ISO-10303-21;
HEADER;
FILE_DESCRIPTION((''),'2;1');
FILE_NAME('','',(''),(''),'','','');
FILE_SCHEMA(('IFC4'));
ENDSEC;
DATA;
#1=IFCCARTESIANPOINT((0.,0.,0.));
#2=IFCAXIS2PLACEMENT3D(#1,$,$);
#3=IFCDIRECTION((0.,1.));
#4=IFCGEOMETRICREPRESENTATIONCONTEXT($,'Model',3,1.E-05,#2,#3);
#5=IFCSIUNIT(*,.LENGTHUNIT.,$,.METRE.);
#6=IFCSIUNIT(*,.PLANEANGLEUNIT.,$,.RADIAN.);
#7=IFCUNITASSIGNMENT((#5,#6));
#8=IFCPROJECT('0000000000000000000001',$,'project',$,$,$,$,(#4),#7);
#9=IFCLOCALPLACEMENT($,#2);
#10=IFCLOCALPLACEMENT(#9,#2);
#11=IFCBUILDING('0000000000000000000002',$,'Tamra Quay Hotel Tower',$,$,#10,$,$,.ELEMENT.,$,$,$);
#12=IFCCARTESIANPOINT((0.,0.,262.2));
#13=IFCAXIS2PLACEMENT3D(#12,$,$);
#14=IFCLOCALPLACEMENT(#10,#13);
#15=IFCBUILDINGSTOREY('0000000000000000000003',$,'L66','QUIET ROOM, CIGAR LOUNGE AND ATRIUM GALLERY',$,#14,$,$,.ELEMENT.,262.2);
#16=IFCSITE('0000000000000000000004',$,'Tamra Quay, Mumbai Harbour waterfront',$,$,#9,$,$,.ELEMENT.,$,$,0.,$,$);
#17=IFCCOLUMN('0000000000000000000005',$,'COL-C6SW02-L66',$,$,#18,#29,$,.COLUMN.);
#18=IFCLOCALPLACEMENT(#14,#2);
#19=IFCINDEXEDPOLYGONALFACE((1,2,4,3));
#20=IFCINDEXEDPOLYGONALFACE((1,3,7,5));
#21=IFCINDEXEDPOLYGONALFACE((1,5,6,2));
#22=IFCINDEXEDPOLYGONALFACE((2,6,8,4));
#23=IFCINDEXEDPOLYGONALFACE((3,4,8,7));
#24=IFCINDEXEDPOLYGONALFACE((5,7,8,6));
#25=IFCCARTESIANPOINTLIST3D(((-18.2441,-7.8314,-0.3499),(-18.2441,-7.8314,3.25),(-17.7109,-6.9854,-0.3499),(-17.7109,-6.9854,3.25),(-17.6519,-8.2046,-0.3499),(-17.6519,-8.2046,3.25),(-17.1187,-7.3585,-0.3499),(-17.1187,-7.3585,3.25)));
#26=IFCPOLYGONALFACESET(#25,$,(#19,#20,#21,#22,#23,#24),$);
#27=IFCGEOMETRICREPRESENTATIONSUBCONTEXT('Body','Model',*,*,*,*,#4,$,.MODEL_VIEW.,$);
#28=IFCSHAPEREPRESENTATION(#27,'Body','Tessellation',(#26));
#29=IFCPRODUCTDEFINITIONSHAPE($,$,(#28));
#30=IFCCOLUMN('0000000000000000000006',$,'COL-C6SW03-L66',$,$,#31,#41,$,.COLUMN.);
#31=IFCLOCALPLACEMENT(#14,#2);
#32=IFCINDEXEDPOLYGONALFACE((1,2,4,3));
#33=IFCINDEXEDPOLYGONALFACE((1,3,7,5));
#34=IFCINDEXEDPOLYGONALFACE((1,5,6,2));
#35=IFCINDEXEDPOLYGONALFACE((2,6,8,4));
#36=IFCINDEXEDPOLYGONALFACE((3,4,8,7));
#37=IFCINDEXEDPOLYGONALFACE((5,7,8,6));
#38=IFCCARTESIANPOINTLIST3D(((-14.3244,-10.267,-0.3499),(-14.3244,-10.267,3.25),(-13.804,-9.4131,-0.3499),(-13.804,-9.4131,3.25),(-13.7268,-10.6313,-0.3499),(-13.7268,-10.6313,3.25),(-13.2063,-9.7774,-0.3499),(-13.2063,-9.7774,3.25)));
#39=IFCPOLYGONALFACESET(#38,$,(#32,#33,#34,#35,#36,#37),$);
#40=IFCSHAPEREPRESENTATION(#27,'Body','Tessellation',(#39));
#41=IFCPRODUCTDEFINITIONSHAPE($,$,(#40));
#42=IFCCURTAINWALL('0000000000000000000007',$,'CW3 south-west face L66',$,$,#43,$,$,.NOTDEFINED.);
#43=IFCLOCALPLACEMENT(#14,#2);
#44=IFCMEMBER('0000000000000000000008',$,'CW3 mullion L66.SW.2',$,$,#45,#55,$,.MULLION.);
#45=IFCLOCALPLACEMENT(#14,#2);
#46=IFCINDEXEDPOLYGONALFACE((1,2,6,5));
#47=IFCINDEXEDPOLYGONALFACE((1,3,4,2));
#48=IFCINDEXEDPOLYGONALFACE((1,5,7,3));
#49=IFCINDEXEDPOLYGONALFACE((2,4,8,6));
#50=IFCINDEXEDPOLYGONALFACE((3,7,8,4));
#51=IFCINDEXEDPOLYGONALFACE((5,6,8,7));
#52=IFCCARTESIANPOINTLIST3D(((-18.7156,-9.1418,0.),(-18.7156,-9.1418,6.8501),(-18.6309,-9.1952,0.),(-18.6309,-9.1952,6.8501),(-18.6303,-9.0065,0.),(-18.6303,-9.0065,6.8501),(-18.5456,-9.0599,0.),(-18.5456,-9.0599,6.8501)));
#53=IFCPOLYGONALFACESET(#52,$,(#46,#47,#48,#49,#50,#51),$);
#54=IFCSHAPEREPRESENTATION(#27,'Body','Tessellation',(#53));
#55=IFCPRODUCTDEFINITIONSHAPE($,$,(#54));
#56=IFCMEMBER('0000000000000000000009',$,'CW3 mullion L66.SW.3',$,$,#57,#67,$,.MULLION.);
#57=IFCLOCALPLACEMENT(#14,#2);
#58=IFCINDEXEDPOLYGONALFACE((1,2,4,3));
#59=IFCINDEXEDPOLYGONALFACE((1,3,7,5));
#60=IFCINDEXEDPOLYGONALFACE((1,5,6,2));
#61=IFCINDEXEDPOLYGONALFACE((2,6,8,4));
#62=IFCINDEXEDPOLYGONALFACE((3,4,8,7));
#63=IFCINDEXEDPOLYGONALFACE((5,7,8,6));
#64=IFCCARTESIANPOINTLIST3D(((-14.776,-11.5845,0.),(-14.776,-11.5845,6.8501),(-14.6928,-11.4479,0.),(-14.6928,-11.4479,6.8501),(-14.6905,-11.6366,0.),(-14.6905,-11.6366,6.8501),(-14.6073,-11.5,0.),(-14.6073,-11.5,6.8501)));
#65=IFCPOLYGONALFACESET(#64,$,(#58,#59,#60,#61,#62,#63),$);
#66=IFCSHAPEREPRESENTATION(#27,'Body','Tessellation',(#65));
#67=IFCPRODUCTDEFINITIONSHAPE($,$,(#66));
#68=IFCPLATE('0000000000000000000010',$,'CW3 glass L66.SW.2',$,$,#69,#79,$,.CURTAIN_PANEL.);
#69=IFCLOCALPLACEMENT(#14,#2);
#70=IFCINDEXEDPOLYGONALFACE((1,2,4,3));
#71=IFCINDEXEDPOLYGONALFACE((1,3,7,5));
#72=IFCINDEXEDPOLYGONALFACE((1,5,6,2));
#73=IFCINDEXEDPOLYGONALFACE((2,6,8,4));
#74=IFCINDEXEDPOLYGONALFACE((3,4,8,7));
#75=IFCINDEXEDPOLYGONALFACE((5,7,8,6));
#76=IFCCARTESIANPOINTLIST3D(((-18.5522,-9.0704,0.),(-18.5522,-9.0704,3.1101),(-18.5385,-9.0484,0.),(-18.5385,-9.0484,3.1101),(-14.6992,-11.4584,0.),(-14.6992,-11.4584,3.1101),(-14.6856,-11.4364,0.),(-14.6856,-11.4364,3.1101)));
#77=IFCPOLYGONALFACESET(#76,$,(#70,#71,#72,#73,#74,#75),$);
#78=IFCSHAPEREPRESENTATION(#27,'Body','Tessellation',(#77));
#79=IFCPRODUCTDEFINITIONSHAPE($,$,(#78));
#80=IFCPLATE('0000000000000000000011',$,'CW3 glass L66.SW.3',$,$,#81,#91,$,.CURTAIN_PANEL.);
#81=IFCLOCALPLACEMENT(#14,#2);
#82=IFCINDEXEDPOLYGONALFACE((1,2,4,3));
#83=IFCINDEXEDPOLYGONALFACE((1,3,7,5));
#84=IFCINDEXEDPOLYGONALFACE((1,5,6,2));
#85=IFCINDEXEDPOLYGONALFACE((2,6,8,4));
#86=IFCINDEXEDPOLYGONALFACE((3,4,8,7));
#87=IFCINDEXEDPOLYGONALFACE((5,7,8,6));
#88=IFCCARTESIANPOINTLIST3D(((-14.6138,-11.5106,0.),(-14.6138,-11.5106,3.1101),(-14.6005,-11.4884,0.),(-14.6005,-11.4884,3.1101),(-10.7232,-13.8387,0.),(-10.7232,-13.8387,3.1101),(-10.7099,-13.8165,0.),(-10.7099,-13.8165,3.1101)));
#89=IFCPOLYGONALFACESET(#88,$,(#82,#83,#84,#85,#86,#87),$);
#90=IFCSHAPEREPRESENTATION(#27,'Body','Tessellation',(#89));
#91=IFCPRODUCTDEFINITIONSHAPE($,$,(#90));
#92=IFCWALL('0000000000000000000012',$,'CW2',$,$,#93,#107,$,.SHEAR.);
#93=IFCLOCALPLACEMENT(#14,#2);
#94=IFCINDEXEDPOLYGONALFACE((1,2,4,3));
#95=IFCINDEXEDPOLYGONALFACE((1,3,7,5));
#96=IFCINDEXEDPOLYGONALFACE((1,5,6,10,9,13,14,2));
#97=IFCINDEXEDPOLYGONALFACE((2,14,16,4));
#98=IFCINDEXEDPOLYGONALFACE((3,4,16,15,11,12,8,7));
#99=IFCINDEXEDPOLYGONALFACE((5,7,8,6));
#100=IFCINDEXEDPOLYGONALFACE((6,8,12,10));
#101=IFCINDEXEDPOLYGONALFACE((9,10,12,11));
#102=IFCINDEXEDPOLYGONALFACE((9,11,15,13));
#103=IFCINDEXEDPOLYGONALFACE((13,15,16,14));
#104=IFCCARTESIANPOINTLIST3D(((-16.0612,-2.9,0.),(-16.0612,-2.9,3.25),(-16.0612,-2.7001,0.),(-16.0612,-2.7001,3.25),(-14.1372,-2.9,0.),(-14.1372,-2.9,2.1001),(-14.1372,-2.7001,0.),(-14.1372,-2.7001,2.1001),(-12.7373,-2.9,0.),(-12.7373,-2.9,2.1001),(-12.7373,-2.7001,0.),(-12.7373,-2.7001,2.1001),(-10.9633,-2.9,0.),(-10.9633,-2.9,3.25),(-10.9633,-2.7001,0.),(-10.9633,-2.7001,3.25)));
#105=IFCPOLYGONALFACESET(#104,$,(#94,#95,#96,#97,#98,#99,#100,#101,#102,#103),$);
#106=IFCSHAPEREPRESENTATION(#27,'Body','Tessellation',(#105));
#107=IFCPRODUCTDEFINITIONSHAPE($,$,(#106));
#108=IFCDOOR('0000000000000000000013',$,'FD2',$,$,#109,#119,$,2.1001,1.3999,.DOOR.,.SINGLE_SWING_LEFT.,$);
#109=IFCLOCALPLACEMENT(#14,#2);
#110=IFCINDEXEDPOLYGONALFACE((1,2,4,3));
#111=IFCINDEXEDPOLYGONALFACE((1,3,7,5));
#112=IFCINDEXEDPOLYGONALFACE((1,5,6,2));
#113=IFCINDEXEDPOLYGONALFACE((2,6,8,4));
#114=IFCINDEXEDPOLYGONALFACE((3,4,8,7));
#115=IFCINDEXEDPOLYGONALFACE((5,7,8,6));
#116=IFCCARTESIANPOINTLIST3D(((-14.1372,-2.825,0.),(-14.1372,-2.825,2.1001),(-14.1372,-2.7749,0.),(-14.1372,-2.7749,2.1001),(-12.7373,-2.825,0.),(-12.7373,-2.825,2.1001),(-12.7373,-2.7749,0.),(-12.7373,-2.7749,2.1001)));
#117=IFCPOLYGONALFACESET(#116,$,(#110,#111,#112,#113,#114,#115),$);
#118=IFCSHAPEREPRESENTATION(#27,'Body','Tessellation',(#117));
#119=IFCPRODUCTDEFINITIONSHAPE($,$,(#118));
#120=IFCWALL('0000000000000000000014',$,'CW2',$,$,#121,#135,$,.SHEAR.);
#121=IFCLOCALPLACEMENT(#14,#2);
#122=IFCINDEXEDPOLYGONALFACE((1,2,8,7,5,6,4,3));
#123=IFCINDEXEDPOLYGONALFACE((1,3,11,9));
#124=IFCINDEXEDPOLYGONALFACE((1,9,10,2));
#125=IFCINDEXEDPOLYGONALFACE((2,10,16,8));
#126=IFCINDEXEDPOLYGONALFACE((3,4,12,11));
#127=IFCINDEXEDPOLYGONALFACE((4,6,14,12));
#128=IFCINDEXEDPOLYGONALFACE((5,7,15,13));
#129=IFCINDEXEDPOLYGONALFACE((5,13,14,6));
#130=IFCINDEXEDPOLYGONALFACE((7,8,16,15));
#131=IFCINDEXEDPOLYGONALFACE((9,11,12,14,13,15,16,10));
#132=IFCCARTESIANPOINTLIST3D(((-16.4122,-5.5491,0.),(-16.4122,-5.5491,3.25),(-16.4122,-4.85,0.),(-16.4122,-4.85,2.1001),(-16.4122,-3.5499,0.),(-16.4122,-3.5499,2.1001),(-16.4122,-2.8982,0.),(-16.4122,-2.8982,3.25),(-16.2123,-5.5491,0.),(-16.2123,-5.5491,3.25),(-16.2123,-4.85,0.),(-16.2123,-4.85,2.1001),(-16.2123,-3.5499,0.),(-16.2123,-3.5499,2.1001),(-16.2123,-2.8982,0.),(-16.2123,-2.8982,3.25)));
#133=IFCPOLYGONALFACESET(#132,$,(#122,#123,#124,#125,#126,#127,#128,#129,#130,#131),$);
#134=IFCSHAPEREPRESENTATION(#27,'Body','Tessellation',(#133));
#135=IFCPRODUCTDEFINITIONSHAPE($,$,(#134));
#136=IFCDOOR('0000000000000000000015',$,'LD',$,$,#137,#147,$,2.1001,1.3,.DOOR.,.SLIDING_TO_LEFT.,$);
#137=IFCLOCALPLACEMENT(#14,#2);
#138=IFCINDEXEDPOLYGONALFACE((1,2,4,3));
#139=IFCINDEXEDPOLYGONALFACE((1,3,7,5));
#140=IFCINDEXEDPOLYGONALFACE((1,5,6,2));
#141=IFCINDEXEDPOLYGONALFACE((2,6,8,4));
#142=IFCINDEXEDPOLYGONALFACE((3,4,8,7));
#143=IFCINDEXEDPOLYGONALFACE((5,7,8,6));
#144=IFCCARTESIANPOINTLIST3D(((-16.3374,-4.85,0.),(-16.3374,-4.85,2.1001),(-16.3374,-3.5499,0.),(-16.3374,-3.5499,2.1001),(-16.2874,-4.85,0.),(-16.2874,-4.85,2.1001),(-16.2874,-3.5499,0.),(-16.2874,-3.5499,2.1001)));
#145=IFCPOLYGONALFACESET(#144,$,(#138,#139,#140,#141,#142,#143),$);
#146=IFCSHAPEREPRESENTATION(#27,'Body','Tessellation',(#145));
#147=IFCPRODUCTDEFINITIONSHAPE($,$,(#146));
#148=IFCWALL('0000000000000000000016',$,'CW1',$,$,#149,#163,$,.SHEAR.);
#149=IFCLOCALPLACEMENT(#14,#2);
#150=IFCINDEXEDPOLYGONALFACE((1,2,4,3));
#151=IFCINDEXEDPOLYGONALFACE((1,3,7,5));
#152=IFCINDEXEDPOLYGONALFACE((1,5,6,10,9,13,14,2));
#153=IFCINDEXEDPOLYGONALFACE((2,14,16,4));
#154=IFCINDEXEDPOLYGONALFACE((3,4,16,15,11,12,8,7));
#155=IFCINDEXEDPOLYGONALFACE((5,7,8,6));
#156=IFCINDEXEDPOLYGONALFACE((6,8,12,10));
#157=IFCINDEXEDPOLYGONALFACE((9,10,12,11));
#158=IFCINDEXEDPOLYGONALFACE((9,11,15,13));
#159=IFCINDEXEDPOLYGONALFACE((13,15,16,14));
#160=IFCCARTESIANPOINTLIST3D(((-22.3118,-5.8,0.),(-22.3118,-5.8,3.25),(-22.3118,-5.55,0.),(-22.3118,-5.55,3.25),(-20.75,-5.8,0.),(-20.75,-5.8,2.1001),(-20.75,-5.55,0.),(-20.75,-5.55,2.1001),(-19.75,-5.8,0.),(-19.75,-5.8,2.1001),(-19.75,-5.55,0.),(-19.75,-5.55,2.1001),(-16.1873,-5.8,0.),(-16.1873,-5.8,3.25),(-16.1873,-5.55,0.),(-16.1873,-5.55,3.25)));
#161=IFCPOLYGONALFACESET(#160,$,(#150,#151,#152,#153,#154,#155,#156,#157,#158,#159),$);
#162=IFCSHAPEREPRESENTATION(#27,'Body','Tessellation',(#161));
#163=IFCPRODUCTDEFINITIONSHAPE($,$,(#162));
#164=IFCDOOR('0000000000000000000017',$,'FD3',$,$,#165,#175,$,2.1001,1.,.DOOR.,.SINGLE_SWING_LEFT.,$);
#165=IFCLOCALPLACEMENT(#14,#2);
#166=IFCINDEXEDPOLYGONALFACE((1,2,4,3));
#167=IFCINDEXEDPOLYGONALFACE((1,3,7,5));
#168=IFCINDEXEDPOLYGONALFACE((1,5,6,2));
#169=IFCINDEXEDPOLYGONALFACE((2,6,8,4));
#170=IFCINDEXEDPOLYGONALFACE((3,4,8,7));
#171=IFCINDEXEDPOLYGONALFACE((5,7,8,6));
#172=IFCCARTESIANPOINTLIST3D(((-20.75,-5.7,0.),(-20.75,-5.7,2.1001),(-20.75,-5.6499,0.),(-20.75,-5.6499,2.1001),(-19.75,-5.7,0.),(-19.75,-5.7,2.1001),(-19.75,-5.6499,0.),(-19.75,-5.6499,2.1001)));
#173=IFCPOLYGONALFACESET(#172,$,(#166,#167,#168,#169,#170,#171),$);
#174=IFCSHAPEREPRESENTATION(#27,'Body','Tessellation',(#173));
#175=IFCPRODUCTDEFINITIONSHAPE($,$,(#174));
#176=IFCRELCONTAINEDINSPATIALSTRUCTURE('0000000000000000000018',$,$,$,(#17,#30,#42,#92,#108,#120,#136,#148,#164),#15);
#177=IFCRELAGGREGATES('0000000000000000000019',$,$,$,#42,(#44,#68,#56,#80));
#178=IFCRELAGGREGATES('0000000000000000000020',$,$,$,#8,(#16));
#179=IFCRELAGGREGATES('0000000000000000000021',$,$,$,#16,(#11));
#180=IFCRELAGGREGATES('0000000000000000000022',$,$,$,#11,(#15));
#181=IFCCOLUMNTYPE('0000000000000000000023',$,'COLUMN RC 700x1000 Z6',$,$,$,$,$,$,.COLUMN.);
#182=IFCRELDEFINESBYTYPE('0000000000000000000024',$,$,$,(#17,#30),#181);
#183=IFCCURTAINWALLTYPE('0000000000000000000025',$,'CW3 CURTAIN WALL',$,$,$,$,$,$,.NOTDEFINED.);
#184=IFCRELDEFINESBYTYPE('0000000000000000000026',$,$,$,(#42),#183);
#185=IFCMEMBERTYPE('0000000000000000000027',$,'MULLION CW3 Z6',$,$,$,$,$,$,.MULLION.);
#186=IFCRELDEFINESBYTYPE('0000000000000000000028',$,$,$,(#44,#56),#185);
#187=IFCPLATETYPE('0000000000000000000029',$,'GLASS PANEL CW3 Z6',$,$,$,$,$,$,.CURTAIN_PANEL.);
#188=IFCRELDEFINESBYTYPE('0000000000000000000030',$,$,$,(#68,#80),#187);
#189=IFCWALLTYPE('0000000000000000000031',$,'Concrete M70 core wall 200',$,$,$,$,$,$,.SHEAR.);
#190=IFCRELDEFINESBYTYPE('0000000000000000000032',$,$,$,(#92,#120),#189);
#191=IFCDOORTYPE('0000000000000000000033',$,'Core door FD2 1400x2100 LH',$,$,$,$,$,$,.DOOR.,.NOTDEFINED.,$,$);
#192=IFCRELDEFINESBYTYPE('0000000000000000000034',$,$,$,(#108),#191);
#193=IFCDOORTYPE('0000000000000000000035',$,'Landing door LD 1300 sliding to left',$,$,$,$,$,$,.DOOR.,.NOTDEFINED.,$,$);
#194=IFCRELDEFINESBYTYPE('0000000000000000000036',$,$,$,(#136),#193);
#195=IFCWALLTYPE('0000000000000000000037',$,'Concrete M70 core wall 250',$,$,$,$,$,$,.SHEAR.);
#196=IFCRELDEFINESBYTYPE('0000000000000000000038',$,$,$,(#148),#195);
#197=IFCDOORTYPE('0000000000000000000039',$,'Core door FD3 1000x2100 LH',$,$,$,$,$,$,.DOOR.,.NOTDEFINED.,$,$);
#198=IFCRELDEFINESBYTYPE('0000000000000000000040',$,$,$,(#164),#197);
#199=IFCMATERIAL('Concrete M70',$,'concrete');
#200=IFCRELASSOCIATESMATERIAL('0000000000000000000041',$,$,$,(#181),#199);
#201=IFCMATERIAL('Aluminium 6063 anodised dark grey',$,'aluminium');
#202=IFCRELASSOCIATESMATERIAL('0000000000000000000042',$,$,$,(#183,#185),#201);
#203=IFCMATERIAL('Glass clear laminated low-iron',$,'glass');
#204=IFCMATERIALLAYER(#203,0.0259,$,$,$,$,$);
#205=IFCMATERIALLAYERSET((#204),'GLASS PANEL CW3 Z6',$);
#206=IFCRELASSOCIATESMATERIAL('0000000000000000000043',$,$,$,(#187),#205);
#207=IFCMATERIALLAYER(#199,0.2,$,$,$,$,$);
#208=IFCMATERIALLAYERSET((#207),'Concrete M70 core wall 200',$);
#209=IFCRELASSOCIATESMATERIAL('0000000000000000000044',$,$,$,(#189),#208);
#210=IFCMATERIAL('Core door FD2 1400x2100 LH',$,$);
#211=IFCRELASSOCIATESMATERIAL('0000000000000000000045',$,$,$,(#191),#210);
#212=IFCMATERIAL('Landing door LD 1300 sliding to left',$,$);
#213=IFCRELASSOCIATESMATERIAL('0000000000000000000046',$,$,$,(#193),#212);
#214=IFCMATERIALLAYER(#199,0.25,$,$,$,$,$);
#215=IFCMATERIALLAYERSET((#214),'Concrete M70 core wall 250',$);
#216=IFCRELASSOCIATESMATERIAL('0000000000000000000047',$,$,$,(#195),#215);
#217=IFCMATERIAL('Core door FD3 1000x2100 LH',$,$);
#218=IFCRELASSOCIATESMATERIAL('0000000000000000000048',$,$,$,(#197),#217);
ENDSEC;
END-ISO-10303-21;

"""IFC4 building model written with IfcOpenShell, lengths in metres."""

from ifc_helpers import new_model, si_unit, direction, frame, frame_2d, origin, origin_2d, place, context, subcontext, project, spatial, rectangle, extrude, material, layer, layer_set, material_profile, profile_set, type_object, element, fill, aggregate, save


model = new_model("IFC4")

# Units and contexts
model_context = context("Model", 3, precision=1e-05, world=origin(), true_north=direction((0.0, 1.0)))
body_context = subcontext(model_context, "Body", "Model", "MODEL_VIEW")
ifc_project = project(units=[si_unit("LENGTHUNIT", "METRE"), si_unit("PLANEANGLEUNIT", "RADIAN")], contexts=[model_context])

# Site, building, storey
site_placement = place(None, origin())
site = spatial("IfcSite", under=ifc_project, at=site_placement, Name="Tamra Quay, Mumbai Harbour waterfront", CompositionType="ELEMENT", RefElevation=0.0)
building_placement = place(site_placement, origin())
building = spatial("IfcBuilding", under=site, at=building_placement, Name="Tamra Quay Hotel Tower", CompositionType="ELEMENT")
storey_placement = place(building_placement, frame((0.0, 0.0, 262.2)))
storey = spatial("IfcBuildingStorey", under=building, at=storey_placement, Name="L66", Description="QUIET ROOM, CIGAR LOUNGE AND ATRIUM GALLERY", CompositionType="ELEMENT", Elevation=262.2)

# Columns
ifc_material_1 = material(Name="Concrete M70", Category="concrete")
ifc_material_profile_1 = material_profile(ifc_material_1, rectangle(XDim=1.0, YDim=0.7, at=origin_2d()), Name="COLUMN RC 700x1000 Z6")
ifc_profile_set_1 = profile_set([ifc_material_profile_1], Name="Concrete M70")
column_type = type_object("IfcColumnType", Name="COLUMN RC 700x1000 Z6", PredefinedType="COLUMN", material=ifc_profile_set_1)
for number, where, z_axis, x_axis, name in (
    (1, (-17.6814, -7.595, -0.3499), (0.0, 0.0, 1.0), (0.533133, 0.846031, 0.0), "COL-C6SW02-L66"),
    (2, (-13.7654, -10.0222, -0.3499), (0.0, 0.0, 1.0), (0.52043, 0.853904, 0.0), "COL-C6SW03-L66"),
):
    element("IfcColumn", number, at=place(storey_placement, frame(where, z_axis=z_axis, x_axis=x_axis)), inside=storey, type_object=column_type, Name=name, PredefinedType="COLUMN", context=body_context, shape_type="SweptSolid", body=[
        extrude(rectangle(XDim=1.0, YDim=0.7, at=origin_2d()), origin(), (0.0, 0.0, 1.0), 3.5999),
    ])

# Curtain wall, members, plates
ifc_material_2 = material(Name="Aluminium 6063 anodised dark grey", Category="aluminium")
curtain_wall_type = type_object("IfcCurtainWallType", Name="CW3 CURTAIN WALL", PredefinedType="NOTDEFINED", material=ifc_material_2)
curtain_wall_placement = place(storey_placement, origin())
curtain_wall = element("IfcCurtainWall", 3, at=curtain_wall_placement, inside=storey, type_object=curtain_wall_type, Name="CW3 south-west face L66", PredefinedType="NOTDEFINED")
ifc_material_profile_2 = material_profile(ifc_material_2, rectangle(XDim=0.1599, YDim=0.1001, at=origin_2d()), Name="MULLION 100X160")
ifc_profile_set_2 = profile_set([ifc_material_profile_2], Name="Aluminium 6063 anodised dark grey")
member_type = type_object("IfcMemberType", Name="MULLION CW3 Z6", PredefinedType="MULLION", material=ifc_profile_set_2)
member_1_placement = place(storey_placement, frame((-18.6306, -9.1008, 0.0), z_axis=(0.0, 0.0, 1.0), x_axis=(-0.533422, -0.845849, 0.0)))
member_1 = element("IfcMember", 4, at=member_1_placement, type_object=member_type, Name="CW3 mullion L66.SW.2", PredefinedType="MULLION", context=body_context, shape_type="SweptSolid", body=[
    extrude(rectangle(XDim=0.1599, YDim=0.1001, at=origin_2d()), origin(), (0.0, 0.0, 1.0), 6.8501),
])
member_2_placement = place(storey_placement, frame((-14.6917, -11.5422, 0.0), z_axis=(0.0, 0.0, 1.0), x_axis=(-0.52016, -0.854069, 0.0)))
member_2 = element("IfcMember", 5, at=member_2_placement, type_object=member_type, Name="CW3 mullion L66.SW.3", PredefinedType="MULLION", context=body_context, shape_type="SweptSolid", body=[
    extrude(rectangle(XDim=0.1599, YDim=0.1001, at=origin_2d()), origin(), (0.0, 0.0, 1.0), 6.8501),
])
ifc_material_3 = material(Name="Glass clear laminated low-iron", Category="glass")
ifc_layer_1 = layer(ifc_material_3, 0.0259)
ifc_layer_set_1 = layer_set([ifc_layer_1], Name="GLASS PANEL CW3 Z6")
plate_type = type_object("IfcPlateType", Name="GLASS PANEL CW3 Z6", PredefinedType="CURTAIN_PANEL", material=ifc_layer_set_1)
plate_1_placement = place(storey_placement, frame((-16.6189, -10.2534, 0.0), z_axis=(0.0, 0.0, 1.0), x_axis=(0.849982, -0.526812, 0.0)))
plate_1 = element("IfcPlate", 6, at=plate_1_placement, type_object=plate_type, Name="CW3 glass L66.SW.2", PredefinedType="CURTAIN_PANEL", context=body_context, shape_type="SweptSolid", body=[
    extrude(rectangle(XDim=4.533, YDim=0.0259, at=origin_2d()), origin(), (0.0, 0.0, 1.0), 3.1101),
])
plate_2_placement = place(storey_placement, frame((-12.6619, -12.6636, 0.0), z_axis=(0.0, 0.0, 1.0), x_axis=(0.858103, -0.513477, 0.0)))
plate_2 = element("IfcPlate", 7, at=plate_2_placement, type_object=plate_type, Name="CW3 glass L66.SW.3", PredefinedType="CURTAIN_PANEL", context=body_context, shape_type="SweptSolid", body=[
    extrude(rectangle(XDim=4.5339, YDim=0.0259, at=origin_2d()), origin(), (0.0, 0.0, 1.0), 3.1101),
])
aggregate(curtain_wall, [member_1, plate_1, member_2, plate_2])

# Walls, openings, doors
ifc_layer_2 = layer(ifc_material_1, 0.2)
ifc_layer_set_2 = layer_set([ifc_layer_2], Name="Concrete M70 core wall 200")
wall_type_1 = type_object("IfcWallType", Name="Concrete M70 core wall 200", PredefinedType="SHEAR", material=ifc_layer_set_2)
wall_1_placement = place(storey_placement, frame((-10.9634, -2.8, 0.0), z_axis=(0.0, 0.0, 1.0), x_axis=(-1.0, 0.0, 0.0)))
wall_1 = element("IfcWall", 8, at=wall_1_placement, inside=storey, type_object=wall_type_1, Name="CW2", PredefinedType="SHEAR", context=body_context, shape_type="SweptSolid", body=[
    extrude(rectangle(XDim=5.0979, YDim=0.2, at=frame_2d((2.5488, 0.0))), origin(), (0.0, 0.0, 1.0), 3.25),
])
opening_1_placement = place(wall_1_placement, frame((1.7739, 0.0, 0.0)))
opening_1 = element("IfcOpeningElement", 9, at=opening_1_placement, cuts=wall_1, PredefinedType="OPENING", context=body_context, shape_type="SweptSolid", body=[
    extrude(rectangle(XDim=1.3999, YDim=2.1001, at=frame_2d((0.7, 1.05))), frame((0.0, 0.1099, 0.0), z_axis=(0.0, -1.0, 0.0), x_axis=(1.0, 0.0, 0.0)), (0.0, 0.0, 1.0), 0.22),
])
ifc_material_4 = material(Name="Core door FD2 1400x2100 LH")
door_type_1 = type_object("IfcDoorType", Name="Core door FD2 1400x2100 LH", OperationType="NOTDEFINED", PredefinedType="DOOR", material=ifc_material_4)
door_1_placement = place(opening_1_placement, origin())
door_1 = element("IfcDoor", 10, at=door_1_placement, inside=storey, type_object=door_type_1, Name="FD2", OperationType="SINGLE_SWING_LEFT", OverallHeight=2.1001, OverallWidth=1.3999, PredefinedType="DOOR", context=body_context, shape_type="SweptSolid", body=[
    extrude(rectangle(XDim=1.3999, YDim=2.1001, at=frame_2d((0.7, 1.05))), frame((0.0, 0.0249, 0.0), z_axis=(0.0, -1.0, 0.0), x_axis=(1.0, 0.0, 0.0)), (0.0, 0.0, 1.0), 0.05),
])
fill(opening_1, door_1)
wall_2_placement = place(storey_placement, frame((-16.3123, -2.8982, 0.0), z_axis=(0.0, 0.0, 1.0), x_axis=(0.0, -1.0, 0.0)))
wall_2 = element("IfcWall", 11, at=wall_2_placement, inside=storey, type_object=wall_type_1, Name="CW2", PredefinedType="SHEAR", context=body_context, shape_type="SweptSolid", body=[
    extrude(rectangle(XDim=2.6509, YDim=0.2, at=frame_2d((1.3254, 0.0))), origin(), (0.0, 0.0, 1.0), 3.25),
])
opening_2_placement = place(wall_2_placement, frame((0.6519, 0.0, 0.0)))
opening_2 = element("IfcOpeningElement", 12, at=opening_2_placement, cuts=wall_2, PredefinedType="OPENING", context=body_context, shape_type="SweptSolid", body=[
    extrude(rectangle(XDim=1.3, YDim=2.1001, at=frame_2d((0.6499, 1.05))), frame((0.0, 0.1099, 0.0), z_axis=(0.0, -1.0, 0.0), x_axis=(1.0, 0.0, 0.0)), (0.0, 0.0, 1.0), 0.22),
])
ifc_material_5 = material(Name="Landing door LD 1300 sliding to left")
door_type_2 = type_object("IfcDoorType", Name="Landing door LD 1300 sliding to left", OperationType="NOTDEFINED", PredefinedType="DOOR", material=ifc_material_5)
door_2_placement = place(opening_2_placement, origin())
door_2 = element("IfcDoor", 13, at=door_2_placement, inside=storey, type_object=door_type_2, Name="LD", OperationType="SLIDING_TO_LEFT", OverallHeight=2.1001, OverallWidth=1.3, PredefinedType="DOOR", context=body_context, shape_type="SweptSolid", body=[
    extrude(rectangle(XDim=1.3, YDim=2.1001, at=frame_2d((0.6499, 1.05))), frame((0.0, 0.0249, 0.0), z_axis=(0.0, -1.0, 0.0), x_axis=(1.0, 0.0, 0.0)), (0.0, 0.0, 1.0), 0.05),
])
fill(opening_2, door_2)
ifc_layer_3 = layer(ifc_material_1, 0.25)
ifc_layer_set_3 = layer_set([ifc_layer_3], Name="Concrete M70 core wall 250")
wall_type_2 = type_object("IfcWallType", Name="Concrete M70 core wall 250", PredefinedType="SHEAR", material=ifc_layer_set_3)
wall_3_placement = place(storey_placement, frame((-16.1873, -5.675, 0.0), z_axis=(0.0, 0.0, 1.0), x_axis=(-1.0, 0.0, 0.0)))
wall_3 = element("IfcWall", 14, at=wall_3_placement, inside=storey, type_object=wall_type_2, Name="CW1", PredefinedType="SHEAR", context=body_context, shape_type="SweptSolid", body=[
    extrude(rectangle(XDim=6.1245, YDim=0.25, at=frame_2d((3.0623, 0.0))), origin(), (0.0, 0.0, 1.0), 3.25),
])
opening_3_placement = place(wall_3_placement, frame((3.5627, 0.0, 0.0)))
opening_3 = element("IfcOpeningElement", 15, at=opening_3_placement, cuts=wall_3, PredefinedType="OPENING", context=body_context, shape_type="SweptSolid", body=[
    extrude(rectangle(XDim=1.0, YDim=2.1001, at=frame_2d((0.5, 1.05))), frame((0.0, 0.135, 0.0), z_axis=(0.0, -1.0, 0.0), x_axis=(1.0, 0.0, 0.0)), (0.0, 0.0, 1.0), 0.27),
])
ifc_material_6 = material(Name="Core door FD3 1000x2100 LH")
door_type_3 = type_object("IfcDoorType", Name="Core door FD3 1000x2100 LH", OperationType="NOTDEFINED", PredefinedType="DOOR", material=ifc_material_6)
door_3_placement = place(opening_3_placement, origin())
door_3 = element("IfcDoor", 16, at=door_3_placement, inside=storey, type_object=door_type_3, Name="FD3", OperationType="SINGLE_SWING_LEFT", OverallHeight=2.1001, OverallWidth=1.0, PredefinedType="DOOR", context=body_context, shape_type="SweptSolid", body=[
    extrude(rectangle(XDim=1.0, YDim=2.1001, at=frame_2d((0.5, 1.05))), frame((0.0, 0.0249, 0.0), z_axis=(0.0, -1.0, 0.0), x_axis=(1.0, 0.0, 0.0)), (0.0, 0.0, 1.0), 0.05),
])
fill(opening_3, door_3)

save(model, "model.ifc")
